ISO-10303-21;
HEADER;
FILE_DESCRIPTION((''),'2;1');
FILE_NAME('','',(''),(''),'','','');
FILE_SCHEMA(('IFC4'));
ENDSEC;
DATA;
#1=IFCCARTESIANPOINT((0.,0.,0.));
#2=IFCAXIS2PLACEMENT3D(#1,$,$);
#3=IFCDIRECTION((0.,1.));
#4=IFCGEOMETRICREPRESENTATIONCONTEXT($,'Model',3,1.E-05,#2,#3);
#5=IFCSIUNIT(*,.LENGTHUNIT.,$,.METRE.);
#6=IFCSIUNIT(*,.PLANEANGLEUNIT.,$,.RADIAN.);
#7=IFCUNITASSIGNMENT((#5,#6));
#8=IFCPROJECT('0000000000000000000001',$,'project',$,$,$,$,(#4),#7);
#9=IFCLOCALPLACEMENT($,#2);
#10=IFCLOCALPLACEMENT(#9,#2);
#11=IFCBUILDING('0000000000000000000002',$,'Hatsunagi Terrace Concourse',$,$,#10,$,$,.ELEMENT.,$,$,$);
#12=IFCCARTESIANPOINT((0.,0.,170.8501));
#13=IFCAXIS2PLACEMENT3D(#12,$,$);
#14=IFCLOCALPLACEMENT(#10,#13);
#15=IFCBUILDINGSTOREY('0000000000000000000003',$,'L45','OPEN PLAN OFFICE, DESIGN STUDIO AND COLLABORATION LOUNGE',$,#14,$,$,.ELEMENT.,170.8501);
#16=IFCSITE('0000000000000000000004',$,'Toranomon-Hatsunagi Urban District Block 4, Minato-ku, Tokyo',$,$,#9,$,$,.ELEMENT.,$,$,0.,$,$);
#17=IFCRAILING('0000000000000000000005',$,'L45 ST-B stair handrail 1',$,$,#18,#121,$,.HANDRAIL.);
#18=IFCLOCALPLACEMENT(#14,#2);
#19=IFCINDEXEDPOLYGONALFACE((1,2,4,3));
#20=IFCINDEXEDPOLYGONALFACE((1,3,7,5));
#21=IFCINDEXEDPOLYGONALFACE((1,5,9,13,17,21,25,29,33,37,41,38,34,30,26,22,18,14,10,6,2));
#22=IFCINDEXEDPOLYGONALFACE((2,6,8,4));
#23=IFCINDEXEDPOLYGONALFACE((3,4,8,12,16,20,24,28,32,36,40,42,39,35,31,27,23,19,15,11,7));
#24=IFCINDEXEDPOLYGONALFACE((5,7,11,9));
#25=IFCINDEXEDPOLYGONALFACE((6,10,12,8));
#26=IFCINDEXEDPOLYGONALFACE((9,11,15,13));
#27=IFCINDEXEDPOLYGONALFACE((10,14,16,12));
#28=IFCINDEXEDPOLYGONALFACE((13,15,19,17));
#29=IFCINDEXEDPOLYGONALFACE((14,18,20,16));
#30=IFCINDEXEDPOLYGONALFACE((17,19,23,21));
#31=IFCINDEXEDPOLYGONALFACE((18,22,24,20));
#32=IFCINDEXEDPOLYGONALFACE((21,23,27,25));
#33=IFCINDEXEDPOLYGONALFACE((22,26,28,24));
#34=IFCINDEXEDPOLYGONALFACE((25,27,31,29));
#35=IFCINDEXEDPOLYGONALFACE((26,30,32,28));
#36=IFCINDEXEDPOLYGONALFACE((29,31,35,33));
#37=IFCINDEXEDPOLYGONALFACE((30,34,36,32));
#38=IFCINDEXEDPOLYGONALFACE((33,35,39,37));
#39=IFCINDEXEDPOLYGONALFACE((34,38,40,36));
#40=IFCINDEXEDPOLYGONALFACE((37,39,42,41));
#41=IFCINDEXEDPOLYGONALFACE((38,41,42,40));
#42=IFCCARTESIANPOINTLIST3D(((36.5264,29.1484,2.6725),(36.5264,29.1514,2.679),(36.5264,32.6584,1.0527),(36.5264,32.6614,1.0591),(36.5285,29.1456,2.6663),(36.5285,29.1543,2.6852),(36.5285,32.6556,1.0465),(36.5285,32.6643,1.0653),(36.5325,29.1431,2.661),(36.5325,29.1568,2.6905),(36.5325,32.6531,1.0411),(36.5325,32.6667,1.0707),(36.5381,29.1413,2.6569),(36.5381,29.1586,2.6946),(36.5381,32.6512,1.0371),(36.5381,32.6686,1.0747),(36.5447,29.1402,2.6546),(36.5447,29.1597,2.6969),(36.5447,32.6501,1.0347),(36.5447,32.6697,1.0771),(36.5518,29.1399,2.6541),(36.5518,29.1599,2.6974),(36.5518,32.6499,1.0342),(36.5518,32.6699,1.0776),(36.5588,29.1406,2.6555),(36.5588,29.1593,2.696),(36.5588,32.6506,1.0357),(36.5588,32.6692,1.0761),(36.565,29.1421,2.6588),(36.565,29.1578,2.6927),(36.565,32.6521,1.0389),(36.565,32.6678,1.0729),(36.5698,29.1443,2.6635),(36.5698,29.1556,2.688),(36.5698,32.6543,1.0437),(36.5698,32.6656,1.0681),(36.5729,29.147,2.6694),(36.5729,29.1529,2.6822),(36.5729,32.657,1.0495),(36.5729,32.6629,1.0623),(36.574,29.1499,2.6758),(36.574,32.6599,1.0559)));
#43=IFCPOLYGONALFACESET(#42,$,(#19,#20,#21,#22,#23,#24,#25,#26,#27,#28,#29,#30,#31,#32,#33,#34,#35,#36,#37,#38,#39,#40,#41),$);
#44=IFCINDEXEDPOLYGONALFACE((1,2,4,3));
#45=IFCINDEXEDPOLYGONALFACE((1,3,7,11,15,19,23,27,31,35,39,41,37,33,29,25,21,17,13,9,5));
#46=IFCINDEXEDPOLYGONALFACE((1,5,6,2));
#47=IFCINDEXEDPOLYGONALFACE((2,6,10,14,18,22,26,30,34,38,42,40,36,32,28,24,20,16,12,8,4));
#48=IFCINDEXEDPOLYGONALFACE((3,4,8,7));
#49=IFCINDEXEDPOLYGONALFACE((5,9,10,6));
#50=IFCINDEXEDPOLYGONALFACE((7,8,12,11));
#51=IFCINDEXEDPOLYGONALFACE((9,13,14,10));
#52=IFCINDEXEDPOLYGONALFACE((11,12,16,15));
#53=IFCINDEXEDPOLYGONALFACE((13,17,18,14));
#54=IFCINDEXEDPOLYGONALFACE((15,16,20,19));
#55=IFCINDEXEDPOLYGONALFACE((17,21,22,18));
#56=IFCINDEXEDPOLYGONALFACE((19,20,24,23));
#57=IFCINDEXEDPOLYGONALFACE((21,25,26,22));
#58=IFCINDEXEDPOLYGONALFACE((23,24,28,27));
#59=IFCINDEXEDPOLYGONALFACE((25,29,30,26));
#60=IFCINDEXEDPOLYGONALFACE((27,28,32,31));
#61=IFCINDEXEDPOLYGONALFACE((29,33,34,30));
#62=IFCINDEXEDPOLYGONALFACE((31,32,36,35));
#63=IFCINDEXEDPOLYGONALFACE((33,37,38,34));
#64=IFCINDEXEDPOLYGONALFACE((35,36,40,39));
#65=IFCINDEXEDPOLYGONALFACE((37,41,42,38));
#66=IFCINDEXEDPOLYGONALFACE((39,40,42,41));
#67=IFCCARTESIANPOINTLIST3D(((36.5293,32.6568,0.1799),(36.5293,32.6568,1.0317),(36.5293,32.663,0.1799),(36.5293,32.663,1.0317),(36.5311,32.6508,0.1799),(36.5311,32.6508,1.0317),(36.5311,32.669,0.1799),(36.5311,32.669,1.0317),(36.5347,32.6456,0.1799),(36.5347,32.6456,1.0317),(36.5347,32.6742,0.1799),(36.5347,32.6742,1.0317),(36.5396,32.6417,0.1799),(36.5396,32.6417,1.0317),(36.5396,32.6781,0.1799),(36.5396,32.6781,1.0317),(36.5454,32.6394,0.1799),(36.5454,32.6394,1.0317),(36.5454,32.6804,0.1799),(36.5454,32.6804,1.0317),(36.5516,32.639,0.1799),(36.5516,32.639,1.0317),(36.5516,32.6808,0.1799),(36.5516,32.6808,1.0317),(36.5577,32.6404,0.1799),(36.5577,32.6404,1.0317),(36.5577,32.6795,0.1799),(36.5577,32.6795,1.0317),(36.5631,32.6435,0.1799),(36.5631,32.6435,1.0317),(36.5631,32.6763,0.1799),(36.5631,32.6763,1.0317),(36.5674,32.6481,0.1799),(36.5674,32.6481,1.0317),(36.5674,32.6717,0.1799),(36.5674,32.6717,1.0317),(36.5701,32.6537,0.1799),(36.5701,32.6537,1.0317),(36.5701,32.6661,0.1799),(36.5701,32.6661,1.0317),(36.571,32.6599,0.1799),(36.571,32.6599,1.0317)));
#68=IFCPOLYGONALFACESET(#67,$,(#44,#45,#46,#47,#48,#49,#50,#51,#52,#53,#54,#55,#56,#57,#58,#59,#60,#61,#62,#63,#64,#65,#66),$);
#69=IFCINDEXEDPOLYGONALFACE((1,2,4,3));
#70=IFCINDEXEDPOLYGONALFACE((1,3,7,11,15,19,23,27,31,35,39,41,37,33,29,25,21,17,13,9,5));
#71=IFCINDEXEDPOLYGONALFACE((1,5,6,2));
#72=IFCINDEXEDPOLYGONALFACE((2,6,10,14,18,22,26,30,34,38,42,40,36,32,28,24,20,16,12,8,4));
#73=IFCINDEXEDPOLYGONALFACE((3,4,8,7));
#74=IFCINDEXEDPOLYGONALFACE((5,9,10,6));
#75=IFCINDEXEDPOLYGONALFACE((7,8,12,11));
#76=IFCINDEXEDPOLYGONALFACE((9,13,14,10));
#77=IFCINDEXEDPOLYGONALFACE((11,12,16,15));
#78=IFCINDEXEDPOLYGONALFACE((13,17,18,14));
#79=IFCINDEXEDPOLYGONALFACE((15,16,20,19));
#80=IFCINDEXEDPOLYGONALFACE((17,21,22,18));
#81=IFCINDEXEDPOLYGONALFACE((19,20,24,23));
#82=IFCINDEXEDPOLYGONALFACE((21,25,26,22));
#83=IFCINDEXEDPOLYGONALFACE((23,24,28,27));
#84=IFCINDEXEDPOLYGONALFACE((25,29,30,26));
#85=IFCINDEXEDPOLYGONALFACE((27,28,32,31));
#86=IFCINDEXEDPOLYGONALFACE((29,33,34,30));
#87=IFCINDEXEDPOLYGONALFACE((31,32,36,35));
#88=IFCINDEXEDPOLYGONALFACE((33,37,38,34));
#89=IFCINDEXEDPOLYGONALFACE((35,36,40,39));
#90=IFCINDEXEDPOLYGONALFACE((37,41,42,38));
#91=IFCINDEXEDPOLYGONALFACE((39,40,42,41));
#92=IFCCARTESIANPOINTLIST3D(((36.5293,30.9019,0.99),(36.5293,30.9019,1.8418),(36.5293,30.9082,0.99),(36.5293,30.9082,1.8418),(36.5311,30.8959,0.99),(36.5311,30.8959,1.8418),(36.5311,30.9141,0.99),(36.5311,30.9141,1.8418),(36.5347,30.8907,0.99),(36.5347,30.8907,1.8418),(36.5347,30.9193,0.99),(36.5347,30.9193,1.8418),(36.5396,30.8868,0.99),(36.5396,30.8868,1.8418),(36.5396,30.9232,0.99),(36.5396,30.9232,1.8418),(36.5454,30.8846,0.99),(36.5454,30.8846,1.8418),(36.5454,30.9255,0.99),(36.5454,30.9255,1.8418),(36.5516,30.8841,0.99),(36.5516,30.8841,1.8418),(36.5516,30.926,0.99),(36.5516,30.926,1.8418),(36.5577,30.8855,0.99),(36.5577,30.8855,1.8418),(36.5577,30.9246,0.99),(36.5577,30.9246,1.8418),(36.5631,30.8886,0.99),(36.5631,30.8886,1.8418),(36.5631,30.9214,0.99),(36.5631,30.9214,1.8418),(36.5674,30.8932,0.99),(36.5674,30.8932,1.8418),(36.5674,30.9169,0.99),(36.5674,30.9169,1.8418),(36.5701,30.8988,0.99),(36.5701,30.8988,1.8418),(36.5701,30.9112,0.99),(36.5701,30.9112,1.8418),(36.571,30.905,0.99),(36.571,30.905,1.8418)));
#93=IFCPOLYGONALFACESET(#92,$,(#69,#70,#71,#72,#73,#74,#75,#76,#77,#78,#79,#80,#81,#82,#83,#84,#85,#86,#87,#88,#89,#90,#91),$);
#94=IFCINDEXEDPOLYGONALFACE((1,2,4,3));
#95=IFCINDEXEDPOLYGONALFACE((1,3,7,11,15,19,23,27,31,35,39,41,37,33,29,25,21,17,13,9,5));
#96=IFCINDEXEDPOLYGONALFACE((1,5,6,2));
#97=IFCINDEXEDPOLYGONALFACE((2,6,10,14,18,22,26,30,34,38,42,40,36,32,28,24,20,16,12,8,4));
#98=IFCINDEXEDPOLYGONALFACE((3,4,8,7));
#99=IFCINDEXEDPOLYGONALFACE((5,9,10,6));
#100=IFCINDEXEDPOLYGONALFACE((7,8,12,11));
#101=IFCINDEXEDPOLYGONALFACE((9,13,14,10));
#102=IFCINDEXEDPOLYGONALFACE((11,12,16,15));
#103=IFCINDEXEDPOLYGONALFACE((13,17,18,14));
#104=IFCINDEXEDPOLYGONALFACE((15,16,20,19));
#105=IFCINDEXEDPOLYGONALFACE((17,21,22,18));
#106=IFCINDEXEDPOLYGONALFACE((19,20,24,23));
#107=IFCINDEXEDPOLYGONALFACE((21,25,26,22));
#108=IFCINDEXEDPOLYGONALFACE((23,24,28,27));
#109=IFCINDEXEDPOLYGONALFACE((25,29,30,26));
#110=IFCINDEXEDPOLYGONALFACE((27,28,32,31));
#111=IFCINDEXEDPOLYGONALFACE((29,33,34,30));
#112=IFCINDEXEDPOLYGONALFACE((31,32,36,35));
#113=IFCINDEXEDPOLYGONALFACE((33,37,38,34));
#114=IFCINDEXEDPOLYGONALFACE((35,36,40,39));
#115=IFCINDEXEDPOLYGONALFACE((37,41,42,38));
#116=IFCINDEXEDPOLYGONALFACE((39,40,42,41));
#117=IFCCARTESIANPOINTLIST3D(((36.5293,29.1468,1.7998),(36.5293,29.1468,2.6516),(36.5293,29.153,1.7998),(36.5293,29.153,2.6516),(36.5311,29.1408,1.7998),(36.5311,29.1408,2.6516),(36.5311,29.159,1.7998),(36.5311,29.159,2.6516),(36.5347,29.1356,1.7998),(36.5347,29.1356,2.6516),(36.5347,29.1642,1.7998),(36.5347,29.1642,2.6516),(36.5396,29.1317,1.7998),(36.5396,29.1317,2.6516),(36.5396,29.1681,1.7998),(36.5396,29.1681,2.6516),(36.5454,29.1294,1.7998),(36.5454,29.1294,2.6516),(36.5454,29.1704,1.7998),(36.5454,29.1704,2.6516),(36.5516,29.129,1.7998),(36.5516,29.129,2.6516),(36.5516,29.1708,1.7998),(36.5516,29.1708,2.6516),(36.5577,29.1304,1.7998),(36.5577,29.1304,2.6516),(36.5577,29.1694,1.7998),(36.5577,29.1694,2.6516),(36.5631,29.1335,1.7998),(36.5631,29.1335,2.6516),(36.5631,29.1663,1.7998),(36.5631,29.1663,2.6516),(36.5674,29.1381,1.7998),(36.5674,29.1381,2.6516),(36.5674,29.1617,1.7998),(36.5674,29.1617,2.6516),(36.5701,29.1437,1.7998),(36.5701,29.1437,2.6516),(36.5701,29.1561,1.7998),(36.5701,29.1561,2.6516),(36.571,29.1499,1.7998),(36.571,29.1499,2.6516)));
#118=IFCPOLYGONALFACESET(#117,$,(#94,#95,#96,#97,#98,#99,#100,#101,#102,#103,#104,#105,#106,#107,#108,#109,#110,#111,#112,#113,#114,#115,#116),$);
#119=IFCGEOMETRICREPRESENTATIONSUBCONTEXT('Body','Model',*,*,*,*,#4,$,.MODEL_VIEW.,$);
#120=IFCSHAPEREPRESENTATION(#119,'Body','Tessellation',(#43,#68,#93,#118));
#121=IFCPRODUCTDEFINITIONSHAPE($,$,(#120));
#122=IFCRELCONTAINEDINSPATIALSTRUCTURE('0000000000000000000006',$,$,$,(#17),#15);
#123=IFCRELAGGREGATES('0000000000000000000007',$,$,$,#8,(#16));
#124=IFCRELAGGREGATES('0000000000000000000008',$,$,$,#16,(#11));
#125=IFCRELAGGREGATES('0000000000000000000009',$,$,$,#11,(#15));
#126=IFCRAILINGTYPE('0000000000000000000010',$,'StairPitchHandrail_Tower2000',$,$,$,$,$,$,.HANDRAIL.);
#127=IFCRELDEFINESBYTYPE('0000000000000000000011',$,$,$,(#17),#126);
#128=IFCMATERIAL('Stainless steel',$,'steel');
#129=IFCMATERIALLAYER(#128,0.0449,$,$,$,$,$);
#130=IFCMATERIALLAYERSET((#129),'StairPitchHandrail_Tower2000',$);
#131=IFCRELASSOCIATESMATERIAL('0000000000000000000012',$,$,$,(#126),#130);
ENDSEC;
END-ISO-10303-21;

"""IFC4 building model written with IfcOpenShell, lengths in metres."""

from ifc_helpers import new_model, si_unit, direction, frame, origin, origin_2d, place, context, subcontext, project, spatial, circle, extrude, material, layer, layer_set, type_object, element, save


model = new_model("IFC4")

# Units and contexts
model_context = context("Model", 3, precision=1e-05, world=origin(), true_north=direction((0.0, 1.0)))
body_context = subcontext(model_context, "Body", "Model", "MODEL_VIEW")
ifc_project = project(units=[si_unit("LENGTHUNIT", "METRE"), si_unit("PLANEANGLEUNIT", "RADIAN")], contexts=[model_context])

# Site, building, storey
site_placement = place(None, origin())
site = spatial("IfcSite", under=ifc_project, at=site_placement, Name="Toranomon-Hatsunagi Urban District Block 4, Minato-ku, Tokyo", CompositionType="ELEMENT", RefElevation=0.0)
building_placement = place(site_placement, origin())
building = spatial("IfcBuilding", under=site, at=building_placement, Name="Hatsunagi Terrace Concourse", CompositionType="ELEMENT")
storey_placement = place(building_placement, frame((0.0, 0.0, 170.8501)))
storey = spatial("IfcBuildingStorey", under=building, at=storey_placement, Name="L45", Description="OPEN PLAN OFFICE, DESIGN STUDIO AND COLLABORATION LOUNGE", CompositionType="ELEMENT", Elevation=170.8501)

# Railing
ifc_material_1 = material(Name="Stainless steel", Category="steel")
ifc_layer_1 = layer(ifc_material_1, 0.0449)
ifc_layer_set_1 = layer_set([ifc_layer_1], Name="StairPitchHandrail_Tower2000")
railing_type_1 = type_object("IfcRailingType", Name="StairPitchHandrail_Tower2000", PredefinedType="HANDRAIL", material=ifc_layer_set_1)
railing_1_placement = place(storey_placement, frame((36.55, 32.6599, 0.1799)))
element("IfcRailing", 1, at=railing_1_placement, inside=storey, type_object=railing_type_1, Name="L45 ST-B stair handrail 1", PredefinedType="HANDRAIL", context=body_context, shape_type="SweptSolid", body=[
    extrude(circle(Radius=0.0239, at=origin_2d()), frame((0.0, 0.0, 0.876), z_axis=(0.0, -0.907972, 0.41903), x_axis=(1.0, 0.0, 0.0)), (0.0, 0.0, 1.0), 3.8657),
    extrude(circle(Radius=0.021, at=origin_2d()), origin(), (0.0, 0.0, 1.0), 0.8518),
    extrude(circle(Radius=0.021, at=origin_2d()), frame((0.0, -1.7549, 0.8101)), (0.0, 0.0, 1.0), 0.8518),
    extrude(circle(Radius=0.021, at=origin_2d()), frame((0.0, -3.51, 1.6199)), (0.0, 0.0, 1.0), 0.8518),
])

save(model, "model.ifc")
